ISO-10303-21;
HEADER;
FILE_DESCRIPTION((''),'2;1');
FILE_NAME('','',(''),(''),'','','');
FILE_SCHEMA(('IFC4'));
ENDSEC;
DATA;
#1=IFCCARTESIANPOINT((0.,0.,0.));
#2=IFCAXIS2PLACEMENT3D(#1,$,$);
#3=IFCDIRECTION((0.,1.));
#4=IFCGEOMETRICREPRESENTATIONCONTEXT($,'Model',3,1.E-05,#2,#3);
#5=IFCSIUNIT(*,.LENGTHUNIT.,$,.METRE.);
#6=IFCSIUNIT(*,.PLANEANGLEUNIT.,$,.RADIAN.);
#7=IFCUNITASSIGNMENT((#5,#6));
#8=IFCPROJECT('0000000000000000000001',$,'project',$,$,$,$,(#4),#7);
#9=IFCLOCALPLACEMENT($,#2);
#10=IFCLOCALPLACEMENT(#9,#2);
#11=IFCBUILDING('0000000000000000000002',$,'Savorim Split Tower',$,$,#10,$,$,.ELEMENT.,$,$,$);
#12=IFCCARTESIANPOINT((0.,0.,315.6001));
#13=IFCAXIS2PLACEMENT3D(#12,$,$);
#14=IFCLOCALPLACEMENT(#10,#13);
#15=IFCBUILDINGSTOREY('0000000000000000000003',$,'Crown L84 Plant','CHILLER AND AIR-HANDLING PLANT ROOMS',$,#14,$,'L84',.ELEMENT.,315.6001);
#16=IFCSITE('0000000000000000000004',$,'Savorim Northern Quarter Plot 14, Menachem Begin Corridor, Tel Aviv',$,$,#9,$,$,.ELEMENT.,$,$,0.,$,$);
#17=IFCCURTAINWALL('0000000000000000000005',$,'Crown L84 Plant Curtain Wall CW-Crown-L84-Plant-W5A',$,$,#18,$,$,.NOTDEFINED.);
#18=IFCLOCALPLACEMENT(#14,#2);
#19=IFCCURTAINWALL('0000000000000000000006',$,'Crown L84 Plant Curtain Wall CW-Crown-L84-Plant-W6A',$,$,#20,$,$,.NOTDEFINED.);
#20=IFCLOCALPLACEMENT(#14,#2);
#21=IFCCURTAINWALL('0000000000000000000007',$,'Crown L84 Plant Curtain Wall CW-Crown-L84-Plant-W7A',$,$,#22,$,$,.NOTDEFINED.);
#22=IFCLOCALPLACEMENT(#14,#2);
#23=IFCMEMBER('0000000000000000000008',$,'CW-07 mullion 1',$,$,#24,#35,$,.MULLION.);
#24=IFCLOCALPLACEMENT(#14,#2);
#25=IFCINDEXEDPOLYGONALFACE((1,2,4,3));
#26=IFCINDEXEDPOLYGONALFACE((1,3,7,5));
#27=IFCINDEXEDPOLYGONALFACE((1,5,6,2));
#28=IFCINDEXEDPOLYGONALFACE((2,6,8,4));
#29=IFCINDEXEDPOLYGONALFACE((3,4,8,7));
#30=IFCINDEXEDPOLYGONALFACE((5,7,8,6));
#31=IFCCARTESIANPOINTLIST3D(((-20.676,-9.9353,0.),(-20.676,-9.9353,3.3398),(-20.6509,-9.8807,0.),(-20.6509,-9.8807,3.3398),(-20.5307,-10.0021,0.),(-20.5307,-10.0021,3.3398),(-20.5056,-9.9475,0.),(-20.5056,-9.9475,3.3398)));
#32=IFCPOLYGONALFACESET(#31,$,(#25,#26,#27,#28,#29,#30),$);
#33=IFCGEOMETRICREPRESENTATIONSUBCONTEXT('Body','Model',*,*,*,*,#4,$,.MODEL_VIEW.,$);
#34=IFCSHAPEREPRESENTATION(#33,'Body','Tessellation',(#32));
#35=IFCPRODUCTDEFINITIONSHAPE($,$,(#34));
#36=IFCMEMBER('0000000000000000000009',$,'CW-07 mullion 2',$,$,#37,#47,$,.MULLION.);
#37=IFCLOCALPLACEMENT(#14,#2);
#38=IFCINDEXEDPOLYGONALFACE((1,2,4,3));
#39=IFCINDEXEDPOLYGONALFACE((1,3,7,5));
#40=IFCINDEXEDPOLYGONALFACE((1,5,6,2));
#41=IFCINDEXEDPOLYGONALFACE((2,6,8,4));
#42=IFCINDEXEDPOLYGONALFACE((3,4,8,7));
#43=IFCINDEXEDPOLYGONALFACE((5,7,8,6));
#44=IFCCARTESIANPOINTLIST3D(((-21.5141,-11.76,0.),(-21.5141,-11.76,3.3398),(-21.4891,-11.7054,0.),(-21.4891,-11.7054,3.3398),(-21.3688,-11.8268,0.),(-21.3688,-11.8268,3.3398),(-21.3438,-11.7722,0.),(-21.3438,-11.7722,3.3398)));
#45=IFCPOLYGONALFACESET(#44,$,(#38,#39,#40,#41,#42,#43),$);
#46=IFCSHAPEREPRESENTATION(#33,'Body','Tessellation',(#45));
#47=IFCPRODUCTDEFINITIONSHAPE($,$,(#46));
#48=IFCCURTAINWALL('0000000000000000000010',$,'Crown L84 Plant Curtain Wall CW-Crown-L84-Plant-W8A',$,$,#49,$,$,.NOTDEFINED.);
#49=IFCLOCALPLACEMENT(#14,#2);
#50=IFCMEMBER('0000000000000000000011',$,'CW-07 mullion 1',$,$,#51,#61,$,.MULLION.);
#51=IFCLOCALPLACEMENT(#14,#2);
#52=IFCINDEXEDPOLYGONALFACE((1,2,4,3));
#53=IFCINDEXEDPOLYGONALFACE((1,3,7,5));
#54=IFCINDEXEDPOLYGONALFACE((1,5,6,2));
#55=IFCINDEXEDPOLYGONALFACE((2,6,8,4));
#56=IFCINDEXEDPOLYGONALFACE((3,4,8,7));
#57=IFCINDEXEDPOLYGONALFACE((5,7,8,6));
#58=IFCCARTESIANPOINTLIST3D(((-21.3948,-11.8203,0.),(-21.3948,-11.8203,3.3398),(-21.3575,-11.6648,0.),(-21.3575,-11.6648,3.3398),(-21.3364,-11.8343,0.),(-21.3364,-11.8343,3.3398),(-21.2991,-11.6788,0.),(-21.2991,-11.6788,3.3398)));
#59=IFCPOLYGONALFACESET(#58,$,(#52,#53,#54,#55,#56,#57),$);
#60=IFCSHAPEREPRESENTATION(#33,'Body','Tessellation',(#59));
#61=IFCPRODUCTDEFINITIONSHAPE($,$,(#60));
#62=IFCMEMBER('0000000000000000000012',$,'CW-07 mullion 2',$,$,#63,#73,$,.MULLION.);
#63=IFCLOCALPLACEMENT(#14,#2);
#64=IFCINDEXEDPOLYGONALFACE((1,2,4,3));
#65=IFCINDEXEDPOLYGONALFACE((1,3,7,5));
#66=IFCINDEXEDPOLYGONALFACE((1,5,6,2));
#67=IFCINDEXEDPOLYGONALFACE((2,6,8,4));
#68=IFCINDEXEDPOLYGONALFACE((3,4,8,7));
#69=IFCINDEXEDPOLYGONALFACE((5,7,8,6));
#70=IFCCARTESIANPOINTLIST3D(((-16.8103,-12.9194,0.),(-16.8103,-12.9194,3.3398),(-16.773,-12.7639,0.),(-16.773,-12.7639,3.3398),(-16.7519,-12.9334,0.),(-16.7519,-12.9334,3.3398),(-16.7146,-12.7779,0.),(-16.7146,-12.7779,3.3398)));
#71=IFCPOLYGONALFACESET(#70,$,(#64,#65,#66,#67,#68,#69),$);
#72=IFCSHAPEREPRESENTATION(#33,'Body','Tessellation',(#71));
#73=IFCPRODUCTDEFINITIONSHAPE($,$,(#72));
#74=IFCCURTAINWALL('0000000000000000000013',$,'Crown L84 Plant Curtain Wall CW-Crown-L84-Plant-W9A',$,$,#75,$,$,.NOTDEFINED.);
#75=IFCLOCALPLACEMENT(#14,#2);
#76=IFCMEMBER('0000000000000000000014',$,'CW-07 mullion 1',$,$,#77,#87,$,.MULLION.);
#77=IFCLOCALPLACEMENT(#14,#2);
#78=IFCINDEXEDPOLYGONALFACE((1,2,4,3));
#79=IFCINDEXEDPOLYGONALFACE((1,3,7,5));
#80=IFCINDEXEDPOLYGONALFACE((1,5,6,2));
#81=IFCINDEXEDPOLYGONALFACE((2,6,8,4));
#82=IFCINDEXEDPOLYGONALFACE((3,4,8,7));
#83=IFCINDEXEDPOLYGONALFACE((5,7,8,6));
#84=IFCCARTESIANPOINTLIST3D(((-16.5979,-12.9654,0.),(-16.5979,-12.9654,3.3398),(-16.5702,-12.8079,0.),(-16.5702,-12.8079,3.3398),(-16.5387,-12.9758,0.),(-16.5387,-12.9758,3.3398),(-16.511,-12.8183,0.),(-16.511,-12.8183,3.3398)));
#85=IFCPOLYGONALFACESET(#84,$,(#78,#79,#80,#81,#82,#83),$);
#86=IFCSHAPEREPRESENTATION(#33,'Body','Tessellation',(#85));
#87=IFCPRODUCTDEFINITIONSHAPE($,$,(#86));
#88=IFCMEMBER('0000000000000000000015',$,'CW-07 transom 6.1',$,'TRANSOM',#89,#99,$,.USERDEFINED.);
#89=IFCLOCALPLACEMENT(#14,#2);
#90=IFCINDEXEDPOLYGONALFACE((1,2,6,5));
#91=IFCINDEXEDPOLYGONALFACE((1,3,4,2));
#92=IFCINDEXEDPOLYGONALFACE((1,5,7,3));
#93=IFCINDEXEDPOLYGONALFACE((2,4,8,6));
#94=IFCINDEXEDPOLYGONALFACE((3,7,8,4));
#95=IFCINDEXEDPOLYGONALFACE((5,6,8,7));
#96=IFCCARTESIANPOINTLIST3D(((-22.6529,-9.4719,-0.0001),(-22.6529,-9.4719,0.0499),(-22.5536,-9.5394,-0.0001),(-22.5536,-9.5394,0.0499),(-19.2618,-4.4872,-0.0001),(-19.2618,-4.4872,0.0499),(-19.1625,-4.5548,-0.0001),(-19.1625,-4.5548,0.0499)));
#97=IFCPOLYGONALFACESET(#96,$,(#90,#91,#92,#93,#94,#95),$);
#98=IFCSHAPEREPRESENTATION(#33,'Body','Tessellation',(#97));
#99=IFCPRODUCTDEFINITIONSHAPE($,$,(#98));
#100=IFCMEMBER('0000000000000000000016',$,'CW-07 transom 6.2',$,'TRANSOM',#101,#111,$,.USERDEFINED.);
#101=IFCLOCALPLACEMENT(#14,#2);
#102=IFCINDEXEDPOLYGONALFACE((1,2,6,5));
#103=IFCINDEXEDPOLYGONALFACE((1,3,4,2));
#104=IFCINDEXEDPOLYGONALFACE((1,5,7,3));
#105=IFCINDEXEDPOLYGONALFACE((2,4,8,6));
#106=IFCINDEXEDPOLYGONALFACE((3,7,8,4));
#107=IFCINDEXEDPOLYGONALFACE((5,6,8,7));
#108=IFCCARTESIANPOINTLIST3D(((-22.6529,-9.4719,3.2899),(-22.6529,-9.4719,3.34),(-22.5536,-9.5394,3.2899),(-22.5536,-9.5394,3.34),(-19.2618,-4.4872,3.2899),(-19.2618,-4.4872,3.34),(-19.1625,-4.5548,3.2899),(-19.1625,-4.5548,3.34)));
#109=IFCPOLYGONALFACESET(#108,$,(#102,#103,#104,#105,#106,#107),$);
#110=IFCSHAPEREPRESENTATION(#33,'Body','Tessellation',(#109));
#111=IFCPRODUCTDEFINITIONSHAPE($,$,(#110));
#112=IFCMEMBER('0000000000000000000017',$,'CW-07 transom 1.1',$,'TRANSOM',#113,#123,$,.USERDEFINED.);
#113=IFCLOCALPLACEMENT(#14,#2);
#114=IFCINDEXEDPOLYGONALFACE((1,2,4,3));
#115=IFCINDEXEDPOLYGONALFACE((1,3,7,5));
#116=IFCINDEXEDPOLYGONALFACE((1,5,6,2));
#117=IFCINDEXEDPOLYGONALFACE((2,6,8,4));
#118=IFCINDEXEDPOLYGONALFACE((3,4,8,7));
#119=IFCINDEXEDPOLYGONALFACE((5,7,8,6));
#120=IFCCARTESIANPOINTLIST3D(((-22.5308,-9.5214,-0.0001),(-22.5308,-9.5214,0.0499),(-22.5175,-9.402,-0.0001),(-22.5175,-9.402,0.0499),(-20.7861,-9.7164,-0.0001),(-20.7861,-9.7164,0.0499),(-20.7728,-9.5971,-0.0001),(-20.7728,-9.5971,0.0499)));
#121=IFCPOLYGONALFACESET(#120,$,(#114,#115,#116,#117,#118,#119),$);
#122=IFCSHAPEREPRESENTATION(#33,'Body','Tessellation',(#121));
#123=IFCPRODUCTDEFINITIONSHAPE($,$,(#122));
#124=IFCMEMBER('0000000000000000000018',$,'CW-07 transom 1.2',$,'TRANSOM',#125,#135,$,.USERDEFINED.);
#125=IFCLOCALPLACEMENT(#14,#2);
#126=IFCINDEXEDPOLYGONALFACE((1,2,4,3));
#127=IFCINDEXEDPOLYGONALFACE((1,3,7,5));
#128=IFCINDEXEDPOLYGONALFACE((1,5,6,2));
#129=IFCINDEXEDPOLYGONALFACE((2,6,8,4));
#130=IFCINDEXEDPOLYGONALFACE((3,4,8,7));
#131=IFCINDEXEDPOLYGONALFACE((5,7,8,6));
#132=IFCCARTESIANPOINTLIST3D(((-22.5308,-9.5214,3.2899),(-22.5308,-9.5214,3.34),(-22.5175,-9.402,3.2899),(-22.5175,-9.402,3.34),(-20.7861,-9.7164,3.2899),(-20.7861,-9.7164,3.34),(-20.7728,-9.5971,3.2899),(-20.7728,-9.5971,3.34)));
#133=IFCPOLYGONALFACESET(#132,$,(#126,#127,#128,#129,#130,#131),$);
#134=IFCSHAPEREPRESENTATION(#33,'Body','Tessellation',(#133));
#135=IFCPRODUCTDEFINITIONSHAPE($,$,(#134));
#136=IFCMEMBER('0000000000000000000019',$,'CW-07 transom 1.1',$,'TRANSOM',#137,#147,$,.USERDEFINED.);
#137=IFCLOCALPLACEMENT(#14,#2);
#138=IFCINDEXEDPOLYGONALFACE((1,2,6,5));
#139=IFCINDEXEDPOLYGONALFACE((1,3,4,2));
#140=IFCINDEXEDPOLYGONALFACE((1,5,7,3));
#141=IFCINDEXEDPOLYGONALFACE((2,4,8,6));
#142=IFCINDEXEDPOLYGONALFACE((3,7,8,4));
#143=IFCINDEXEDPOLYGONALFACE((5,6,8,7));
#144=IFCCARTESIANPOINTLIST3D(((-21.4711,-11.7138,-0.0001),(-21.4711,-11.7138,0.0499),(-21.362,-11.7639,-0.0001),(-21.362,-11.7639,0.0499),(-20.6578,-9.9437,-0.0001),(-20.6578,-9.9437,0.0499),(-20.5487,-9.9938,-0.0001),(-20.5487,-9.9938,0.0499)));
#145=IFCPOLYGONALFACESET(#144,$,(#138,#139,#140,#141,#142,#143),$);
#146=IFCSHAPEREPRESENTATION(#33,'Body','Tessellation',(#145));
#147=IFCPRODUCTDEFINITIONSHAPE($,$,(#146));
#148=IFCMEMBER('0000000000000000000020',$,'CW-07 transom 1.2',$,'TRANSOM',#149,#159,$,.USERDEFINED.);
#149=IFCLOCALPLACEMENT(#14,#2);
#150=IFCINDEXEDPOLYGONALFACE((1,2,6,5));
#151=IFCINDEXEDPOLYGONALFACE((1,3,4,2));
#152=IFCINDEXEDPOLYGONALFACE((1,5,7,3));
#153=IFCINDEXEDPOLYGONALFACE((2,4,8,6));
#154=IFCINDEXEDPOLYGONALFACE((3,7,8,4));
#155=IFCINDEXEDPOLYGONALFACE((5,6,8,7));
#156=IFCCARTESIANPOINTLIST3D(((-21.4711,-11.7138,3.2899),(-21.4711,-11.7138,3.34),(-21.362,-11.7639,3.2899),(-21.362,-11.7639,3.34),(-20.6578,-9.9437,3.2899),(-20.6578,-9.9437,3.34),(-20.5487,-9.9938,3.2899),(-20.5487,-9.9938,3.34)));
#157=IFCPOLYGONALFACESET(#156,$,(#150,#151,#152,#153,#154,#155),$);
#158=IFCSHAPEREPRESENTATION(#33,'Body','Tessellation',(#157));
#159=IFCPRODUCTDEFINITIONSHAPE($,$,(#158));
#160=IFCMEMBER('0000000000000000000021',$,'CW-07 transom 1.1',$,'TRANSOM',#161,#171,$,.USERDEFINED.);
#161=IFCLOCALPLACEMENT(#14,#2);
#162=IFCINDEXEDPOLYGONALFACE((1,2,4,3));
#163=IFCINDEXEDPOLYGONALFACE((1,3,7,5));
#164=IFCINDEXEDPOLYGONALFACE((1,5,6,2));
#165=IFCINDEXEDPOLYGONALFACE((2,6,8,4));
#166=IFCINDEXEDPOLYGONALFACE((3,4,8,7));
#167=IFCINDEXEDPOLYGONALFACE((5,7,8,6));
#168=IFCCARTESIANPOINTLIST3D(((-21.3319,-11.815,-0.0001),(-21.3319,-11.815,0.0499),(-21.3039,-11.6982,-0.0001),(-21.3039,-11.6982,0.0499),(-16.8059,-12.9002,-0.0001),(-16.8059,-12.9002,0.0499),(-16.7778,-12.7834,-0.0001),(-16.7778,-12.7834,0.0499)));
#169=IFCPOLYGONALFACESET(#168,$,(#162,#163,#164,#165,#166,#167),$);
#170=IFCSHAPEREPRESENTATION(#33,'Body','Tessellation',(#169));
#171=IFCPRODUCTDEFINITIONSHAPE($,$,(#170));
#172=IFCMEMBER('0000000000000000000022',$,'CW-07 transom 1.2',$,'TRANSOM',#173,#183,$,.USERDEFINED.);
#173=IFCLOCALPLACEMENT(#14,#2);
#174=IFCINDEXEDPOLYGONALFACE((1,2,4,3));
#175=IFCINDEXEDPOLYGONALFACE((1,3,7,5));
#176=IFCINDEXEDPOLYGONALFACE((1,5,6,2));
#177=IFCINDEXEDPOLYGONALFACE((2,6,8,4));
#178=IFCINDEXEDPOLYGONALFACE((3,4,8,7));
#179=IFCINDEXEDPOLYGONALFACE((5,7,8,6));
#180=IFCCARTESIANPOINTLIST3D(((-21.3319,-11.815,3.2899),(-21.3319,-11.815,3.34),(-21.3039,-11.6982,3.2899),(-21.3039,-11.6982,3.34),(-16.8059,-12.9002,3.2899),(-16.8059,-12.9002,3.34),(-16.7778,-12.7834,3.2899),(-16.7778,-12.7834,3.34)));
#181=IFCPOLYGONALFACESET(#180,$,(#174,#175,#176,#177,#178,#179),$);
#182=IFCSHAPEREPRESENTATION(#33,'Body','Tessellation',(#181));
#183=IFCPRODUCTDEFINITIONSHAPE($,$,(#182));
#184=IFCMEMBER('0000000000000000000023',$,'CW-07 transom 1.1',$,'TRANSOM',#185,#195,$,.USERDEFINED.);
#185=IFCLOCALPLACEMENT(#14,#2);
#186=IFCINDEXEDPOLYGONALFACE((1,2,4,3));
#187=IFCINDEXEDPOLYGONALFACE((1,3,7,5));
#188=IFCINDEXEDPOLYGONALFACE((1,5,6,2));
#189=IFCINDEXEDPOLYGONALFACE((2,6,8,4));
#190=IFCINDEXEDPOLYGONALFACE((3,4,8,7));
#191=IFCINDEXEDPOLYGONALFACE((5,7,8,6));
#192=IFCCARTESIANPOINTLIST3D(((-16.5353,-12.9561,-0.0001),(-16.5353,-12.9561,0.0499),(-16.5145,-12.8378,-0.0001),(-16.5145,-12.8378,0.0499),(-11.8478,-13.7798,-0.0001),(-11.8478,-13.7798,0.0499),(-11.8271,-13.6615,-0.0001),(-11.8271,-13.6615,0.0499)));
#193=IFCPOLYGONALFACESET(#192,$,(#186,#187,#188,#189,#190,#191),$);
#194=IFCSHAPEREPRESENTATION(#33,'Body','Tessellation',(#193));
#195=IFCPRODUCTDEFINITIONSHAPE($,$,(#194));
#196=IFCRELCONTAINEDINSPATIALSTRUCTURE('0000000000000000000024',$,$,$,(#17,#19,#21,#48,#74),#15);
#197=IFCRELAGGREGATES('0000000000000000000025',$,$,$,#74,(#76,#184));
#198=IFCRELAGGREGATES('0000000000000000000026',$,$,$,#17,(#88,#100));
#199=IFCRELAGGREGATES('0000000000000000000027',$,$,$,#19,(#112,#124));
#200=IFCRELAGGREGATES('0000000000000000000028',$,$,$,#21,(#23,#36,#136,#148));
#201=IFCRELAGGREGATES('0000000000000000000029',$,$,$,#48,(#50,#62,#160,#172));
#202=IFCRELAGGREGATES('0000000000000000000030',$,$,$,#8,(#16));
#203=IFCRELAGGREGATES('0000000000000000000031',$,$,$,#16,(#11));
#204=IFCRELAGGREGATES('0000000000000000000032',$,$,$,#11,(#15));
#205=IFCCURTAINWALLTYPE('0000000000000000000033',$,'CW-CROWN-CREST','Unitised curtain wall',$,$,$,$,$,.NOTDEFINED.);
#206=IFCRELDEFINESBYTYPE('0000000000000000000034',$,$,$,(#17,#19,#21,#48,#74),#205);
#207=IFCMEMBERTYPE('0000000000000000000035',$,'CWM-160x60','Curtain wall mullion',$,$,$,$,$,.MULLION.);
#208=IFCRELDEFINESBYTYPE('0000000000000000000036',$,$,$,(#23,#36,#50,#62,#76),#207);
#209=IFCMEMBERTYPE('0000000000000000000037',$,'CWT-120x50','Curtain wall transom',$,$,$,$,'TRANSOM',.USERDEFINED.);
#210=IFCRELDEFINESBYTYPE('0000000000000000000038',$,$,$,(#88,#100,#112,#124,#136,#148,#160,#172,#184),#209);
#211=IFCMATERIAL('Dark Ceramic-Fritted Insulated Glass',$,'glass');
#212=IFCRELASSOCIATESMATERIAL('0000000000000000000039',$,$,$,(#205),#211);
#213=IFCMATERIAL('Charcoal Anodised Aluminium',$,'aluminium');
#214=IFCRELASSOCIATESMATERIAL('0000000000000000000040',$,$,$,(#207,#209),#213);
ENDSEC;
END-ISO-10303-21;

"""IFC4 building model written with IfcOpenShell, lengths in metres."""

from ifc_helpers import new_model, si_unit, direction, frame, origin, origin_2d, place, context, subcontext, project, spatial, rectangle, extrude, material, material_profile, profile_set, type_object, element, aggregate, save


model = new_model("IFC4")

# Units and contexts
model_context = context("Model", 3, precision=1e-05, world=origin(), true_north=direction((0.0, 1.0)))
body_context = subcontext(model_context, "Body", "Model", "MODEL_VIEW")
ifc_project = project(units=[si_unit("LENGTHUNIT", "METRE"), si_unit("PLANEANGLEUNIT", "RADIAN")], contexts=[model_context])

# Site, building, storey
site_placement = place(None, origin())
site = spatial("IfcSite", under=ifc_project, at=site_placement, Name="Savorim Northern Quarter Plot 14, Menachem Begin Corridor, Tel Aviv", CompositionType="ELEMENT", RefElevation=0.0)
building_placement = place(site_placement, origin())
building = spatial("IfcBuilding", under=site, at=building_placement, Name="Savorim Split Tower", CompositionType="ELEMENT")
storey_placement = place(building_placement, frame((0.0, 0.0, 315.6001)))
storey = spatial("IfcBuildingStorey", under=building, at=storey_placement, Name="Crown L84 Plant", Description="CHILLER AND AIR-HANDLING PLANT ROOMS", LongName="L84", CompositionType="ELEMENT", Elevation=315.6001)

# Curtain walls, members
ifc_material_1 = material(Name="Dark Ceramic-Fritted Insulated Glass", Category="glass")
curtain_wall_type = type_object("IfcCurtainWallType", Name="CW-CROWN-CREST", Description="Unitised curtain wall", PredefinedType="NOTDEFINED", material=ifc_material_1)
curtain_wall_1_placement = place(storey_placement, origin())
curtain_wall_1 = element("IfcCurtainWall", 1, at=curtain_wall_1_placement, inside=storey, type_object=curtain_wall_type, Name="Crown L84 Plant Curtain Wall CW-Crown-L84-Plant-W5A", PredefinedType="NOTDEFINED")
ifc_material_2 = material(Name="Charcoal Anodised Aluminium", Category="aluminium")
ifc_material_profile_1 = material_profile(ifc_material_2, rectangle(XDim=0.1599, YDim=0.0601, at=origin_2d()), Name="ALU-M 160x60")
ifc_profile_set_1 = profile_set([ifc_material_profile_1], Name="Charcoal Anodised Aluminium")
member_type_1 = type_object("IfcMemberType", Name="CWM-160x60", Description="Curtain wall mullion", PredefinedType="MULLION", material=ifc_profile_set_1)
curtain_wall_2_placement = place(storey_placement, origin())
curtain_wall_2 = element("IfcCurtainWall", 2, at=curtain_wall_2_placement, inside=storey, type_object=curtain_wall_type, Name="Crown L84 Plant Curtain Wall CW-Crown-L84-Plant-W6A", PredefinedType="NOTDEFINED")
curtain_wall_3_placement = place(storey_placement, origin())
curtain_wall_3 = element("IfcCurtainWall", 3, at=curtain_wall_3_placement, inside=storey, type_object=curtain_wall_type, Name="Crown L84 Plant Curtain Wall CW-Crown-L84-Plant-W7A", PredefinedType="NOTDEFINED")
member_1_placement = place(storey_placement, frame((-20.5908, -9.9414, 0.0), z_axis=(0.0, 0.0, 1.0), x_axis=(0.90868, -0.417494, 0.0)))
member_1 = element("IfcMember", 4, at=member_1_placement, type_object=member_type_1, Name="CW-07 mullion 1", PredefinedType="MULLION", context=body_context, shape_type="SweptSolid", body=[
    extrude(rectangle(XDim=0.1599, YDim=0.0601, at=origin_2d()), origin(), (0.0, 0.0, 1.0), 3.3398),
])
member_2_placement = place(storey_placement, frame((-21.429, -11.7661, 0.0), z_axis=(0.0, 0.0, 1.0), x_axis=(0.90868, -0.417494, 0.0)))
member_2 = element("IfcMember", 5, at=member_2_placement, type_object=member_type_1, Name="CW-07 mullion 2", PredefinedType="MULLION", context=body_context, shape_type="SweptSolid", body=[
    extrude(rectangle(XDim=0.1599, YDim=0.0601, at=origin_2d()), origin(), (0.0, 0.0, 1.0), 3.3398),
])
curtain_wall_4_placement = place(storey_placement, origin())
curtain_wall_4 = element("IfcCurtainWall", 6, at=curtain_wall_4_placement, inside=storey, type_object=curtain_wall_type, Name="Crown L84 Plant Curtain Wall CW-Crown-L84-Plant-W8A", PredefinedType="NOTDEFINED")
member_3_placement = place(storey_placement, frame((-21.3469, -11.7495, 0.0), z_axis=(0.0, 0.0, 1.0), x_axis=(0.233161, 0.972438, 0.0)))
member_3 = element("IfcMember", 7, at=member_3_placement, type_object=member_type_1, Name="CW-07 mullion 1", PredefinedType="MULLION", context=body_context, shape_type="SweptSolid", body=[
    extrude(rectangle(XDim=0.1599, YDim=0.0601, at=origin_2d()), origin(), (0.0, 0.0, 1.0), 3.3398),
])
member_4_placement = place(storey_placement, frame((-16.7625, -12.8486, 0.0), z_axis=(0.0, 0.0, 1.0), x_axis=(0.233161, 0.972438, 0.0)))
member_4 = element("IfcMember", 8, at=member_4_placement, type_object=member_type_1, Name="CW-07 mullion 2", PredefinedType="MULLION", context=body_context, shape_type="SweptSolid", body=[
    extrude(rectangle(XDim=0.1599, YDim=0.0601, at=origin_2d()), origin(), (0.0, 0.0, 1.0), 3.3398),
])

# Curtain wall, member
curtain_wall_5_placement = place(storey_placement, origin())
curtain_wall_5 = element("IfcCurtainWall", 9, at=curtain_wall_5_placement, inside=storey, type_object=curtain_wall_type, Name="Crown L84 Plant Curtain Wall CW-Crown-L84-Plant-W9A", PredefinedType="NOTDEFINED")
member_5_placement = place(storey_placement, frame((-16.5544, -12.8918, 0.0), z_axis=(0.0, 0.0, 1.0), x_axis=(0.173057, 0.984912, 0.0)))
member_5 = element("IfcMember", 10, at=member_5_placement, type_object=member_type_1, Name="CW-07 mullion 1", PredefinedType="MULLION", context=body_context, shape_type="SweptSolid", body=[
    extrude(rectangle(XDim=0.1599, YDim=0.0601, at=origin_2d()), origin(), (0.0, 0.0, 1.0), 3.3398),
])

# Members
ifc_material_profile_2 = material_profile(ifc_material_2, rectangle(XDim=0.1201, YDim=0.05, at=origin_2d()), Name="ALU-T 120x50")
ifc_profile_set_2 = profile_set([ifc_material_profile_2], Name="Charcoal Anodised Aluminium")
member_type_2 = type_object("IfcMemberType", Name="CWT-120x50", Description="Curtain wall transom", ElementType="TRANSOM", PredefinedType="USERDEFINED", material=ifc_profile_set_2)
member_6_placement = place(storey_placement, frame((-19.2122, -4.521, 0.0249), z_axis=(-0.562488, -0.826805, 0.0), x_axis=(0.826805, -0.562488, 0.0)))
member_6 = element("IfcMember", 11, at=member_6_placement, type_object=member_type_2, Name="CW-07 transom 6.1", ObjectType="TRANSOM", PredefinedType="USERDEFINED", context=body_context, shape_type="SweptSolid", body=[
    extrude(rectangle(XDim=0.1201, YDim=0.05, at=origin_2d()), origin(), (0.0, 0.0, 1.0), 6.0288),
])
member_7_placement = place(storey_placement, frame((-19.2122, -4.521, 3.3149), z_axis=(-0.562488, -0.826805, 0.0), x_axis=(0.826805, -0.562488, 0.0)))
member_7 = element("IfcMember", 12, at=member_7_placement, type_object=member_type_2, Name="CW-07 transom 6.2", ObjectType="TRANSOM", PredefinedType="USERDEFINED", context=body_context, shape_type="SweptSolid", body=[
    extrude(rectangle(XDim=0.1201, YDim=0.05, at=origin_2d()), origin(), (0.0, 0.0, 1.0), 6.0288),
])
member_8_placement = place(storey_placement, frame((-22.5242, -9.4617, 0.0249), z_axis=(0.993807, -0.111118, 0.0), x_axis=(0.111118, 0.993807, 0.0)))
member_8 = element("IfcMember", 13, at=member_8_placement, type_object=member_type_2, Name="CW-07 transom 1.1", ObjectType="TRANSOM", PredefinedType="USERDEFINED", context=body_context, shape_type="SweptSolid", body=[
    extrude(rectangle(XDim=0.1201, YDim=0.05, at=origin_2d()), origin(), (0.0, 0.0, 1.0), 1.7556),
])
member_9_placement = place(storey_placement, frame((-22.5242, -9.4617, 3.3149), z_axis=(0.993807, -0.111118, 0.0), x_axis=(0.111118, 0.993807, 0.0)))
member_9 = element("IfcMember", 14, at=member_9_placement, type_object=member_type_2, Name="CW-07 transom 1.2", ObjectType="TRANSOM", PredefinedType="USERDEFINED", context=body_context, shape_type="SweptSolid", body=[
    extrude(rectangle(XDim=0.1201, YDim=0.05, at=origin_2d()), origin(), (0.0, 0.0, 1.0), 1.7556),
])
member_10_placement = place(storey_placement, frame((-20.6033, -9.9688, 0.0249), z_axis=(-0.417492, -0.908681, 0.0), x_axis=(0.908681, -0.417492, 0.0)))
member_10 = element("IfcMember", 15, at=member_10_placement, type_object=member_type_2, Name="CW-07 transom 1.1", ObjectType="TRANSOM", PredefinedType="USERDEFINED", context=body_context, shape_type="SweptSolid", body=[
    extrude(rectangle(XDim=0.1201, YDim=0.05, at=origin_2d()), origin(), (0.0, 0.0, 1.0), 1.948),
])
member_11_placement = place(storey_placement, frame((-20.6033, -9.9688, 3.3149), z_axis=(-0.417492, -0.908681, 0.0), x_axis=(0.908681, -0.417492, 0.0)))
member_11 = element("IfcMember", 16, at=member_11_placement, type_object=member_type_2, Name="CW-07 transom 1.2", ObjectType="TRANSOM", PredefinedType="USERDEFINED", context=body_context, shape_type="SweptSolid", body=[
    extrude(rectangle(XDim=0.1201, YDim=0.05, at=origin_2d()), origin(), (0.0, 0.0, 1.0), 1.948),
])
member_12_placement = place(storey_placement, frame((-21.3179, -11.7566, 0.0249), z_axis=(0.972439, -0.233157, 0.0), x_axis=(0.233157, 0.972439, 0.0)))
member_12 = element("IfcMember", 17, at=member_12_placement, type_object=member_type_2, Name="CW-07 transom 1.1", ObjectType="TRANSOM", PredefinedType="USERDEFINED", context=body_context, shape_type="SweptSolid", body=[
    extrude(rectangle(XDim=0.1201, YDim=0.05, at=origin_2d()), origin(), (0.0, 0.0, 1.0), 4.6543),
])
member_13_placement = place(storey_placement, frame((-21.3179, -11.7566, 3.3149), z_axis=(0.972439, -0.233157, 0.0), x_axis=(0.233157, 0.972439, 0.0)))
member_13 = element("IfcMember", 18, at=member_13_placement, type_object=member_type_2, Name="CW-07 transom 1.2", ObjectType="TRANSOM", PredefinedType="USERDEFINED", context=body_context, shape_type="SweptSolid", body=[
    extrude(rectangle(XDim=0.1201, YDim=0.05, at=origin_2d()), origin(), (0.0, 0.0, 1.0), 4.6543),
])
member_14_placement = place(storey_placement, frame((-16.5249, -12.897, 0.0249), z_axis=(0.984908, -0.173077, 0.0), x_axis=(0.173077, 0.984908, 0.0)))
member_14 = element("IfcMember", 19, at=member_14_placement, type_object=member_type_2, Name="CW-07 transom 1.1", ObjectType="TRANSOM", PredefinedType="USERDEFINED", context=body_context, shape_type="SweptSolid", body=[
    extrude(rectangle(XDim=0.1201, YDim=0.05, at=origin_2d()), origin(), (0.0, 0.0, 1.0), 4.7593),
])
aggregate(curtain_wall_5, [member_5, member_14])

aggregate(curtain_wall_1, [member_6, member_7])
aggregate(curtain_wall_2, [member_8, member_9])
aggregate(curtain_wall_3, [member_1, member_2, member_10, member_11])
aggregate(curtain_wall_4, [member_3, member_4, member_12, member_13])

save(model, "model.ifc")
